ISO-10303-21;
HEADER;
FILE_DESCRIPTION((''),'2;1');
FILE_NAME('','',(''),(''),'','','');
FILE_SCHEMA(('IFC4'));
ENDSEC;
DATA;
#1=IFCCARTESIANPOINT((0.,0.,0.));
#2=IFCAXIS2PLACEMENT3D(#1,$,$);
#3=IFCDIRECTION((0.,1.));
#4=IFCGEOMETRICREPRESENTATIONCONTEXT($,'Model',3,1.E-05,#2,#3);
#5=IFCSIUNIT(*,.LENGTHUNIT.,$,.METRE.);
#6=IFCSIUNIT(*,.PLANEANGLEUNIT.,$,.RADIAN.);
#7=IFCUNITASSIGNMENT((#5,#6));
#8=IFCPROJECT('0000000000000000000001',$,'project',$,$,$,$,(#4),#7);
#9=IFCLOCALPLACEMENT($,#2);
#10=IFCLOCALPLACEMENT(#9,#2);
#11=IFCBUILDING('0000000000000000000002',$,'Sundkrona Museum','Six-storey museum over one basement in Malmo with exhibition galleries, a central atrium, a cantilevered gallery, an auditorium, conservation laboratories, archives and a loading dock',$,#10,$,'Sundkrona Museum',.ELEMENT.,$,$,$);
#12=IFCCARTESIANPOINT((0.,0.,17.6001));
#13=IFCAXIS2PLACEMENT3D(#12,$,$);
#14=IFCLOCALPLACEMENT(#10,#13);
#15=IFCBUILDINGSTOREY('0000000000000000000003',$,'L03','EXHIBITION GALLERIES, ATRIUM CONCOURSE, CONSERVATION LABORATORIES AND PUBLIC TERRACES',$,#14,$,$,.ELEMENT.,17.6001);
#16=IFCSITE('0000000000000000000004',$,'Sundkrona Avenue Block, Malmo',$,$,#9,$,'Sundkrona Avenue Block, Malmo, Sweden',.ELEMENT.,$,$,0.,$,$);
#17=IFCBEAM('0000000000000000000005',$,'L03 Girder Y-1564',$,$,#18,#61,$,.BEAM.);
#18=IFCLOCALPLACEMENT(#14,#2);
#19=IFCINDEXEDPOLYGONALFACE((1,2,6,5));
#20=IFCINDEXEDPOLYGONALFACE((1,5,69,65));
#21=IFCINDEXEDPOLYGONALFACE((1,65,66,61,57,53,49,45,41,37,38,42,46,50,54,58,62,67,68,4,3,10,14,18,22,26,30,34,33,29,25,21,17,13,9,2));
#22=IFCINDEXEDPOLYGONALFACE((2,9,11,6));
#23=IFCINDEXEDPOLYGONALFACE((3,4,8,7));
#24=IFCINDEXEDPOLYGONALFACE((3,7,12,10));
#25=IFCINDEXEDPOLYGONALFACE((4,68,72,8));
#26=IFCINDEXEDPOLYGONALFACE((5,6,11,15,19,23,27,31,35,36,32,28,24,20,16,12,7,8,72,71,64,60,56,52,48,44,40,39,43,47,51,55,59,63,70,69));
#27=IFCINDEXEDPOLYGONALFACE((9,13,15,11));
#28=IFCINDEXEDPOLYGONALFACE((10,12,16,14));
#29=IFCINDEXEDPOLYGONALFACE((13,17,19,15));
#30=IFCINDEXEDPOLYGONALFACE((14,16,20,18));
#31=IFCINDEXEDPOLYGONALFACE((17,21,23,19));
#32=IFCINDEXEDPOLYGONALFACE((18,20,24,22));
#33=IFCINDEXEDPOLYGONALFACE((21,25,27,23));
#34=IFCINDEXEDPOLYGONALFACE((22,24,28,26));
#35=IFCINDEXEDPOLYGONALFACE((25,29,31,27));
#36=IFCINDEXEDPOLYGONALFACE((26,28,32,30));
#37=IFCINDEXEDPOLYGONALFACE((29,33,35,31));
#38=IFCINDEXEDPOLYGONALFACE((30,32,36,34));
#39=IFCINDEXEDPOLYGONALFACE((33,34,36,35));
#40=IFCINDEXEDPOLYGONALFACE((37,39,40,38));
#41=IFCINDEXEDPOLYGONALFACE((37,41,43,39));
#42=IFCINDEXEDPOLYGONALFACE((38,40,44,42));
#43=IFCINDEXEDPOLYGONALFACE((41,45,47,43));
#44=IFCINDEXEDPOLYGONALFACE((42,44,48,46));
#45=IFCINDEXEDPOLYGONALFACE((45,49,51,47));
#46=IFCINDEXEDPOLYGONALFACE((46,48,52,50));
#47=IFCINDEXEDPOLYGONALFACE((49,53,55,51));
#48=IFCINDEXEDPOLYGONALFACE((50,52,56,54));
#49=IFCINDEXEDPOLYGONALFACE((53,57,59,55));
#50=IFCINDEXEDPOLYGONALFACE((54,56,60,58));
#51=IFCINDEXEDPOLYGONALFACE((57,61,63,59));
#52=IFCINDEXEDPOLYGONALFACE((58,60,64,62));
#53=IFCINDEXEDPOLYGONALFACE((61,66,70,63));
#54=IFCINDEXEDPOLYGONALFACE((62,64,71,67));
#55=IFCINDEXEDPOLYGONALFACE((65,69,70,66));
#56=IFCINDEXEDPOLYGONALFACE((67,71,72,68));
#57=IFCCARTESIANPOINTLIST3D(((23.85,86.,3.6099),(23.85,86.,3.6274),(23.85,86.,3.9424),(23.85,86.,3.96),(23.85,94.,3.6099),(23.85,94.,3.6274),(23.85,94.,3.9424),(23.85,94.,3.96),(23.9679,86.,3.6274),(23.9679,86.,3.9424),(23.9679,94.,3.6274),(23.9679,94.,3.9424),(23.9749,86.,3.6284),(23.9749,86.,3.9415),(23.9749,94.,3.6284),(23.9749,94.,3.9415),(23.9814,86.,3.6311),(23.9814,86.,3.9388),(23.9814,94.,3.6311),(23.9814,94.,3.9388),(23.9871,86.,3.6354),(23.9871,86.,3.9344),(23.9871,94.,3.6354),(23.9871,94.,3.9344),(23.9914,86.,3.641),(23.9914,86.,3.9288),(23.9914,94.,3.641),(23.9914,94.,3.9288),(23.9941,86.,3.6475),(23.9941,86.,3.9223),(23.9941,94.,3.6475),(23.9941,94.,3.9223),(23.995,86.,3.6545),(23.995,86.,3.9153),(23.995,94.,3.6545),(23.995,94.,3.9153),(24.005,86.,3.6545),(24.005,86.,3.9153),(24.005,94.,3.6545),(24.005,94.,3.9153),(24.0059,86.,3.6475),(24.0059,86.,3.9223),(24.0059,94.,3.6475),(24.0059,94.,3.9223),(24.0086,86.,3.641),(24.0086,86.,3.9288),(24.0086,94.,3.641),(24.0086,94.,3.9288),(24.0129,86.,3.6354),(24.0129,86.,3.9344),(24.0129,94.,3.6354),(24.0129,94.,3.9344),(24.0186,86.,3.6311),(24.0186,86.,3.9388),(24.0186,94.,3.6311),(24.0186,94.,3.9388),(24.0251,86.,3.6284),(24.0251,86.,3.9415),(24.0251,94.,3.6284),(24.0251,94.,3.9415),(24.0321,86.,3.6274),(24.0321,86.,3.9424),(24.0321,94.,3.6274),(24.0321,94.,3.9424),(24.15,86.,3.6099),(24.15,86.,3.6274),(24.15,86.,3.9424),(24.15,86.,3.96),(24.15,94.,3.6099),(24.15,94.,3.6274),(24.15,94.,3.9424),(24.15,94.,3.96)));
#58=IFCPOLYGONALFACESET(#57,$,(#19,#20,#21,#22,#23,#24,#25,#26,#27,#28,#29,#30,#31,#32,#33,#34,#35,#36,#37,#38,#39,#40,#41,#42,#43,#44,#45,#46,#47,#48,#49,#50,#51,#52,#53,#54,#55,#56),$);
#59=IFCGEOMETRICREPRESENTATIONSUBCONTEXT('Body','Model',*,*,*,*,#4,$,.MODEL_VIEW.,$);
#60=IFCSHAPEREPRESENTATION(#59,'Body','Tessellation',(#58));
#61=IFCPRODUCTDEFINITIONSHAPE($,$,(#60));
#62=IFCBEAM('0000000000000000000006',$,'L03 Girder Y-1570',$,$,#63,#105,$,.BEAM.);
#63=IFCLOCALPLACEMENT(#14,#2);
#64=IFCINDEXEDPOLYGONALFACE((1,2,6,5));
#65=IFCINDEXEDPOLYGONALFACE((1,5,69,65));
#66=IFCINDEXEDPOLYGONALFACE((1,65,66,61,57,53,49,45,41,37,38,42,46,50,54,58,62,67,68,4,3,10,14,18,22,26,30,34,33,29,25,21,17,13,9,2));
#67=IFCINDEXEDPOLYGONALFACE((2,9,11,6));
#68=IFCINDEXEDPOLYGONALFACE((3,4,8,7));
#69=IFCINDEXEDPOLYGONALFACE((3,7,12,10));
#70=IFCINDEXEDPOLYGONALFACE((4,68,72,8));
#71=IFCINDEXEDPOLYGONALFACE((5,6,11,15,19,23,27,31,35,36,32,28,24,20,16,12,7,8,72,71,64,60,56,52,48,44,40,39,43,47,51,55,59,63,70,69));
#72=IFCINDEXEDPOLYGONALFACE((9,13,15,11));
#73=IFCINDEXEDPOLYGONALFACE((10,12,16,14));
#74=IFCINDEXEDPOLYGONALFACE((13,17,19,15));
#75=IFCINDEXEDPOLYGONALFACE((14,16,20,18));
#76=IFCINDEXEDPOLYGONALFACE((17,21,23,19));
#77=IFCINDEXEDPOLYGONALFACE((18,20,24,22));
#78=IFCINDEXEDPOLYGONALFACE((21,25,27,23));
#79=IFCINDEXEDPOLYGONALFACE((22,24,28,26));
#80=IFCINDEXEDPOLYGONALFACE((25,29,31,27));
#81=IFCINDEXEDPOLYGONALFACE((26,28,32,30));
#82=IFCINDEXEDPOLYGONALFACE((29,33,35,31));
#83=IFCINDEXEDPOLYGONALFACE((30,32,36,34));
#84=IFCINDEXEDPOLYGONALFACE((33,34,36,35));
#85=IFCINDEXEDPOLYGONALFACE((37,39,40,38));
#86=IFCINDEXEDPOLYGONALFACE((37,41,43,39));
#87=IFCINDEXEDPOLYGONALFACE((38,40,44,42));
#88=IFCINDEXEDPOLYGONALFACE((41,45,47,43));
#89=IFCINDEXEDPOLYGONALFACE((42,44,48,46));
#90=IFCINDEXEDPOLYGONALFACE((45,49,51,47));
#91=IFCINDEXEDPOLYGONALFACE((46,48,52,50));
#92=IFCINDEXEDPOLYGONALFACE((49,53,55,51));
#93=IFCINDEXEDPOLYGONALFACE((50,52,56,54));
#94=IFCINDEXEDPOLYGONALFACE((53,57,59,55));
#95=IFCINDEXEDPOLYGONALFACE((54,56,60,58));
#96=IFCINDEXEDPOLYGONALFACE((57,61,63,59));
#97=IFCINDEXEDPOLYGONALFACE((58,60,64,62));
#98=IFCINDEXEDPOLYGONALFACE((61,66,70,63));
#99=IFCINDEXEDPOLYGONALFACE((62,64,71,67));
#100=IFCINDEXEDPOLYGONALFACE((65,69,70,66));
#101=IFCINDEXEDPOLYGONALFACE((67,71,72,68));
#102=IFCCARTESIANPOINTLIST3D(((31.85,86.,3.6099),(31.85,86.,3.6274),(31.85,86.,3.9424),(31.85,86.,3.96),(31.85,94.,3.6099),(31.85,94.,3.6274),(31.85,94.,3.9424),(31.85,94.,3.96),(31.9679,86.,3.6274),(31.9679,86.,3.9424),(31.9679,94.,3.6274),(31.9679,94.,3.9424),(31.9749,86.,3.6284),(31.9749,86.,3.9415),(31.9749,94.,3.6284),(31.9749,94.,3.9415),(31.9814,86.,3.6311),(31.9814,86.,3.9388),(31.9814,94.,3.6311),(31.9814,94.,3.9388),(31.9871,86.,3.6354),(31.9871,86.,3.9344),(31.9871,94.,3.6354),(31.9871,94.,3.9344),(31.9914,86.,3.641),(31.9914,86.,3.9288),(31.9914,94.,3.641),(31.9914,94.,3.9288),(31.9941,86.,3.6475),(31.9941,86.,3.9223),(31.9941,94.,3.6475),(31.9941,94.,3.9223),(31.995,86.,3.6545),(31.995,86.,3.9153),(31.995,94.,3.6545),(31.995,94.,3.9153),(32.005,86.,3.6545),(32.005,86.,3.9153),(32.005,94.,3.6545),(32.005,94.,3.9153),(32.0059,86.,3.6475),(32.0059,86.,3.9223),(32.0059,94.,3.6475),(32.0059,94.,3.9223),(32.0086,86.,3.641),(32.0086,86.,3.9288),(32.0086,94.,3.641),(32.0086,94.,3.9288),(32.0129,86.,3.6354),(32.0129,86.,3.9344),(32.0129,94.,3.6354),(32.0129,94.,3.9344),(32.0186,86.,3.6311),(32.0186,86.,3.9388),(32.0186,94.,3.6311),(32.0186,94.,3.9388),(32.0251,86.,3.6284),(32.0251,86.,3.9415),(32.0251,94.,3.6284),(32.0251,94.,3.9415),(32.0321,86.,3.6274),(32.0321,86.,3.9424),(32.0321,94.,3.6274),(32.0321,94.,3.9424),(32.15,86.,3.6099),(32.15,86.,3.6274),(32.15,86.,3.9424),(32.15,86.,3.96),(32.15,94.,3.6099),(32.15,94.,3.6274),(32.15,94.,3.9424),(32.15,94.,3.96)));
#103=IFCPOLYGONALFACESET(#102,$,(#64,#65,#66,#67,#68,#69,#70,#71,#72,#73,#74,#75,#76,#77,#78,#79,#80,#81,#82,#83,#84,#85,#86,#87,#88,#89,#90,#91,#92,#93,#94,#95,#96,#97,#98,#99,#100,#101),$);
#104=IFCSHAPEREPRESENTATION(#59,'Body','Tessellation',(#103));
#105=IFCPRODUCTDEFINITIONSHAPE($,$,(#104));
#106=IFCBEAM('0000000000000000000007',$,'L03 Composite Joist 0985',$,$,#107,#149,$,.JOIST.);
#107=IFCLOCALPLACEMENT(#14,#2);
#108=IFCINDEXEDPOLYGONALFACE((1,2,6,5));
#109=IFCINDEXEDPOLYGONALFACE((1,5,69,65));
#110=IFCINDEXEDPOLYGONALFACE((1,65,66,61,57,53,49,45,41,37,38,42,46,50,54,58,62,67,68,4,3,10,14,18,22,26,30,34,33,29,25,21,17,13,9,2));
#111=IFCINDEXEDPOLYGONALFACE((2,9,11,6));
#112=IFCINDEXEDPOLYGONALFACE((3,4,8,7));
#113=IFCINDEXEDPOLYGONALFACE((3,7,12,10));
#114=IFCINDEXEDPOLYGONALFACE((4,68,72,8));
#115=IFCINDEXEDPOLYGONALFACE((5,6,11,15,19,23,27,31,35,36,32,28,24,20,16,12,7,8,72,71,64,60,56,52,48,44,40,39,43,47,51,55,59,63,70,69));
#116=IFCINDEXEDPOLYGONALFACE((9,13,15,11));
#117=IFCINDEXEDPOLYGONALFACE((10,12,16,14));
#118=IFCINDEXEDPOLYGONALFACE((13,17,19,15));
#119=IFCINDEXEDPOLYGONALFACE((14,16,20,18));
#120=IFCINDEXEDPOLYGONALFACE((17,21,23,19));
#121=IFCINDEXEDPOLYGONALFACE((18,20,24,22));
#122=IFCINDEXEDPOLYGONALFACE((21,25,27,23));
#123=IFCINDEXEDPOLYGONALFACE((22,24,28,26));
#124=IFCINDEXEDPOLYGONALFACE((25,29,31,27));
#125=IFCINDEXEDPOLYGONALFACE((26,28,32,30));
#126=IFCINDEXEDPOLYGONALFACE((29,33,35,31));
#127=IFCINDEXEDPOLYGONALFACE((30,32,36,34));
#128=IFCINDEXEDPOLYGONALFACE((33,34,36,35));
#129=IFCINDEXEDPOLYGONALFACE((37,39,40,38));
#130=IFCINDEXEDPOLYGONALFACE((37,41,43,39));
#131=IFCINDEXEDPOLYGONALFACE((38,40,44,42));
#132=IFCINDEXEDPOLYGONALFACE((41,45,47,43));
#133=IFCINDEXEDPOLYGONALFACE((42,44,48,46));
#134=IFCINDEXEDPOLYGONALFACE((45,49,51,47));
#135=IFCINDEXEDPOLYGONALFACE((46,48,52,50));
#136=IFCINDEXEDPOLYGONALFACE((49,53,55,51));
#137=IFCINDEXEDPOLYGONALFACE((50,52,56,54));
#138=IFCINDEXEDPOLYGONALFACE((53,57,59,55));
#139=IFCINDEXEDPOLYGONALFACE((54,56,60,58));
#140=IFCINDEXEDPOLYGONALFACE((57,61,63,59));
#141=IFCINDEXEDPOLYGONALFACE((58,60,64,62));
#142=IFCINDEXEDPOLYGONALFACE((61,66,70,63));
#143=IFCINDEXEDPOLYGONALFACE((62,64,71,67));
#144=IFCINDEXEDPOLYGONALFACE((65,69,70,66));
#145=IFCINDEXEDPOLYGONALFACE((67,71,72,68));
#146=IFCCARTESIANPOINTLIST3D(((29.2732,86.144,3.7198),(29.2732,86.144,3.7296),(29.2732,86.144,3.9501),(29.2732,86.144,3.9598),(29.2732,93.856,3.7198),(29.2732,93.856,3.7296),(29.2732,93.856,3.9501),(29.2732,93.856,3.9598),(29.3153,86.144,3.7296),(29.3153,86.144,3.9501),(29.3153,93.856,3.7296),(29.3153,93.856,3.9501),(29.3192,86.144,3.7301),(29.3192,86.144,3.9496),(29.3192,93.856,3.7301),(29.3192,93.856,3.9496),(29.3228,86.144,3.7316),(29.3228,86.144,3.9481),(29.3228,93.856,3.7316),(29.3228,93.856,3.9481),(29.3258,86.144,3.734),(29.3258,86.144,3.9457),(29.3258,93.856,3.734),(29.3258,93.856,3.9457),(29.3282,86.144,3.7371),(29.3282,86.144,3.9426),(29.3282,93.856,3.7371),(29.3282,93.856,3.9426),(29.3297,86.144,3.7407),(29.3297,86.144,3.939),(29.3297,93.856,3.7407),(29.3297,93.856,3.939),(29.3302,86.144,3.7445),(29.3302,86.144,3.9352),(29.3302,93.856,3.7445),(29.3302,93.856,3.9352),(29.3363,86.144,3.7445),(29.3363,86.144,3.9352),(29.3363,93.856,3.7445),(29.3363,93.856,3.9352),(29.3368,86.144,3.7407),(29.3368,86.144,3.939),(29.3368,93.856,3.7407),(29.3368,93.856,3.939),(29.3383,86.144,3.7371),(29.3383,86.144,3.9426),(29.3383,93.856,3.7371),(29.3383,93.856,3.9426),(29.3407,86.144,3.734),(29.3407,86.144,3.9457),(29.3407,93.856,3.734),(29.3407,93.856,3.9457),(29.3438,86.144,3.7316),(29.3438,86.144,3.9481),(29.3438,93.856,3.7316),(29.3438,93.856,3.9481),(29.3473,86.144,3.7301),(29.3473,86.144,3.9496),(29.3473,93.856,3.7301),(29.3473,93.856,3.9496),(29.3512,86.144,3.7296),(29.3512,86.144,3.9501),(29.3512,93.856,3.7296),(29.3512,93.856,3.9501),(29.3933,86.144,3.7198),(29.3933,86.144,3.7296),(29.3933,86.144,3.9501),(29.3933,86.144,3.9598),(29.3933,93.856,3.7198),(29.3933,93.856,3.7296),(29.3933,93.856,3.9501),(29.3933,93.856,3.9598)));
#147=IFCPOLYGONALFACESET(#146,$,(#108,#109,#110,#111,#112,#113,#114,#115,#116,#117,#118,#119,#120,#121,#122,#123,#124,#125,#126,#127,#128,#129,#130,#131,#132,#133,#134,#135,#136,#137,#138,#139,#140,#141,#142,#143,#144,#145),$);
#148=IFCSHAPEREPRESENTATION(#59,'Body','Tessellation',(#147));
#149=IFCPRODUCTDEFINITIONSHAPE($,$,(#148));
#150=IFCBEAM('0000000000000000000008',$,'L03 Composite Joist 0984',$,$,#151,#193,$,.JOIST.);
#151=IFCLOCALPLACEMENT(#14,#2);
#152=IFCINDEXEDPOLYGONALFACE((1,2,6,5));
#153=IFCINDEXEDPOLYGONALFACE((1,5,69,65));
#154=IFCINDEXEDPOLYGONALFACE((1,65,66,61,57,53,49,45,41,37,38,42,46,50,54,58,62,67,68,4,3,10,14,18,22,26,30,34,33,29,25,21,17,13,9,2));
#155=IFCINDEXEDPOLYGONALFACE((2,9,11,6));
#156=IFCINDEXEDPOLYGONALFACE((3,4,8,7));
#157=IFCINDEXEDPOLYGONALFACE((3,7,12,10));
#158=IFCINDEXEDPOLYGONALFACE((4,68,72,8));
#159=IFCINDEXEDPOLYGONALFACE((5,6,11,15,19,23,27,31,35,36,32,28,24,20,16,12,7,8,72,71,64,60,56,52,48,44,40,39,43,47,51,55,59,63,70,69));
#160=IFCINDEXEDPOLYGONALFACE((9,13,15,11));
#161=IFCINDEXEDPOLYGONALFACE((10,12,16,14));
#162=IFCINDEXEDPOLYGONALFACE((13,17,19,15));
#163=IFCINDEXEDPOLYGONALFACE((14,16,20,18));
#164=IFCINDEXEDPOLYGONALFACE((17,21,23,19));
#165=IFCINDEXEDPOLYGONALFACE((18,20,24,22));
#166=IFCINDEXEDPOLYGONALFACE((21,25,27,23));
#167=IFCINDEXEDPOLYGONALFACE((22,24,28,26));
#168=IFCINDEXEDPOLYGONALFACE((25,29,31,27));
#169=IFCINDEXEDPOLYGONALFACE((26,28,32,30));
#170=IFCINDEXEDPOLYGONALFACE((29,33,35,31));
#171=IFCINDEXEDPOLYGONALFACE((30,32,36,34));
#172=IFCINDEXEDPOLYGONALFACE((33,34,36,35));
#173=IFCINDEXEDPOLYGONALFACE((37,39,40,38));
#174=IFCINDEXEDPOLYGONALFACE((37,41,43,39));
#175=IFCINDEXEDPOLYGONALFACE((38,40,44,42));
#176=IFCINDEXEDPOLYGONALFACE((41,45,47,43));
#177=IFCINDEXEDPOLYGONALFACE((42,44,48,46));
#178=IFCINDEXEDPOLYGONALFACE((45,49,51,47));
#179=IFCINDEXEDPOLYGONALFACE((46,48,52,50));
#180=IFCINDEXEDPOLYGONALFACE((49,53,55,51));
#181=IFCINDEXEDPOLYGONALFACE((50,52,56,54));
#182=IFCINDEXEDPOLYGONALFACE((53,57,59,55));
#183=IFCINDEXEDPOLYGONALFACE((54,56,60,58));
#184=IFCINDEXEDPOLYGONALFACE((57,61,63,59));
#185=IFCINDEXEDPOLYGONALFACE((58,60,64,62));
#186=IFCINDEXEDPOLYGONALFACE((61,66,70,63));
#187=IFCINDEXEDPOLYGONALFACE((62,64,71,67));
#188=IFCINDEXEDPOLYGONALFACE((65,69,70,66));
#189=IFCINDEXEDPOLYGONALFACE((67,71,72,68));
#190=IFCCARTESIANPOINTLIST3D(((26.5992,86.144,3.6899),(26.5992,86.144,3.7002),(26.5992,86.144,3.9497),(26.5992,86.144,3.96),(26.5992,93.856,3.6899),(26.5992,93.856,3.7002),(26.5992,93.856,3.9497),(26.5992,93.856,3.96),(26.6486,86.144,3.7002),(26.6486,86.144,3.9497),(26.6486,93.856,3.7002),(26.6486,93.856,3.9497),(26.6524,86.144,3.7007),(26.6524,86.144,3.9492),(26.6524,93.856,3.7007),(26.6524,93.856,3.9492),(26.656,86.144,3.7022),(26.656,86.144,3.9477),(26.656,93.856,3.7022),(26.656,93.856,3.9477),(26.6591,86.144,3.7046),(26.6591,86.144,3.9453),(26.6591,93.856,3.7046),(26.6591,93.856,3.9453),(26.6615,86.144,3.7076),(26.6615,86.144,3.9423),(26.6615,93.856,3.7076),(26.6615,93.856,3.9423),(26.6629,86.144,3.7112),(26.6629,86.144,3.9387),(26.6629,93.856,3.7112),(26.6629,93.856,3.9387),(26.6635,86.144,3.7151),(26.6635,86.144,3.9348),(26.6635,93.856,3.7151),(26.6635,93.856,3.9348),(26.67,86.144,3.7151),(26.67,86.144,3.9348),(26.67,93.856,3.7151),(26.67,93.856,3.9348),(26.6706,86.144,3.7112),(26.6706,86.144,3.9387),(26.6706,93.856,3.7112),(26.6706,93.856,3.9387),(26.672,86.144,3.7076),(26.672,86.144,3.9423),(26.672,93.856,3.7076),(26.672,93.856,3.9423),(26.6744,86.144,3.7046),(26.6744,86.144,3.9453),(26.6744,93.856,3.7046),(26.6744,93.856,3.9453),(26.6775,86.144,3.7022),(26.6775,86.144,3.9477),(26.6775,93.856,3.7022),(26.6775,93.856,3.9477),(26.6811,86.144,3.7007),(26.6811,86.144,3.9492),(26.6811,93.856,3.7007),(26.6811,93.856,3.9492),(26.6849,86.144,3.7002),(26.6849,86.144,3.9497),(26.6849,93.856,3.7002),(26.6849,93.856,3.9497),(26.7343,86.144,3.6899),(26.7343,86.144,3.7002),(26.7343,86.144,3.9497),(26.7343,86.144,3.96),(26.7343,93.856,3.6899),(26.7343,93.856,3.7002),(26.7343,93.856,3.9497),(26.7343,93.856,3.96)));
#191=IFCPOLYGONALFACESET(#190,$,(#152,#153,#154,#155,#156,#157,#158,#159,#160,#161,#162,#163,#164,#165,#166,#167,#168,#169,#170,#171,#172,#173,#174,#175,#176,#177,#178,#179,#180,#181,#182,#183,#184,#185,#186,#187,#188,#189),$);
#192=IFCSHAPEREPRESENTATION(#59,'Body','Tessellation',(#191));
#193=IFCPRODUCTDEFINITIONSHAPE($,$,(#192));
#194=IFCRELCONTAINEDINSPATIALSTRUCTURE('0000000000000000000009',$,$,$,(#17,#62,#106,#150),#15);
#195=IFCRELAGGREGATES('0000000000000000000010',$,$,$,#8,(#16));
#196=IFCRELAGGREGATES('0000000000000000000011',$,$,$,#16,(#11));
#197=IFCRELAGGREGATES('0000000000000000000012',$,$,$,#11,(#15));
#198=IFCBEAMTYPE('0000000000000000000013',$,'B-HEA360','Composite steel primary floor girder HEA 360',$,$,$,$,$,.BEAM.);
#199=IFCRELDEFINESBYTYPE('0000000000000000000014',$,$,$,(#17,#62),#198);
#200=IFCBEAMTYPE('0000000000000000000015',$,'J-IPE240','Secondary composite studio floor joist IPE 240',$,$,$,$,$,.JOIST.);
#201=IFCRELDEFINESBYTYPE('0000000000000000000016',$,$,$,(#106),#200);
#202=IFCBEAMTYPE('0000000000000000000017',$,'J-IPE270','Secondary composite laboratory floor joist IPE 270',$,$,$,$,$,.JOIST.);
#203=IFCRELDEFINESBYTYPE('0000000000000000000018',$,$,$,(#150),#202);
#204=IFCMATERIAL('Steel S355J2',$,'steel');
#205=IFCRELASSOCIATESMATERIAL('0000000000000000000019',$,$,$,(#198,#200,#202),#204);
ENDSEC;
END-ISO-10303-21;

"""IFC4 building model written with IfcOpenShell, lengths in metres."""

from ifc_helpers import new_model, si_unit, direction, frame, origin, origin_2d, place, context, subcontext, project, spatial, i_section, extrude, material, material_profile, profile_set, type_object, element, save


model = new_model("IFC4")

# Units and contexts
model_context = context("Model", 3, precision=1e-05, world=origin(), true_north=direction((0.0, 1.0)))
body_context = subcontext(model_context, "Body", "Model", "MODEL_VIEW")
ifc_project = project(units=[si_unit("LENGTHUNIT", "METRE"), si_unit("PLANEANGLEUNIT", "RADIAN")], contexts=[model_context])

# Site, building, storey
site_placement = place(None, origin())
site = spatial("IfcSite", under=ifc_project, at=site_placement, Name="Sundkrona Avenue Block, Malmo", LongName="Sundkrona Avenue Block, Malmo, Sweden", CompositionType="ELEMENT", RefElevation=0.0)
building_placement = place(site_placement, origin())
building = spatial("IfcBuilding", under=site, at=building_placement, Name="Sundkrona Museum", Description="Six-storey museum over one basement in Malmo with exhibition galleries, a central atrium, a cantilevered gallery, an auditorium, conservation laboratories, archives and a loading dock", LongName="Sundkrona Museum", CompositionType="ELEMENT")
storey_placement = place(building_placement, frame((0.0, 0.0, 17.6001)))
storey = spatial("IfcBuildingStorey", under=building, at=storey_placement, Name="L03", Description="EXHIBITION GALLERIES, ATRIUM CONCOURSE, CONSERVATION LABORATORIES AND PUBLIC TERRACES", CompositionType="ELEMENT", Elevation=17.6001)

# Shared definitions
ifc_material_1 = material(Name="Steel S355J2", Category="steel")

# Beams
ifc_material_profile_1 = material_profile(ifc_material_1, i_section(OverallWidth=0.3, OverallDepth=0.3501, WebThickness=0.01, FlangeThickness=0.0176, FilletRadius=0.0271, at=origin_2d()), Name="HEA 360")
ifc_profile_set_1 = profile_set([ifc_material_profile_1], Name="Steel S355J2")
beam_type_1 = type_object("IfcBeamType", Name="B-HEA360", Description="Composite steel primary floor girder HEA 360", PredefinedType="BEAM", material=ifc_profile_set_1)
for number, where, z_axis, x_axis, name in (
    (1, (24.0, 86.0, 3.7849), (0.0, 1.0, 0.0), (-1.0, 0.0, 0.0), "L03 Girder Y-1564"),
    (2, (32.0, 86.0, 3.7849), (0.0, 1.0, 0.0), (-1.0, 0.0, 0.0), "L03 Girder Y-1570"),
):
    element("IfcBeam", number, at=place(storey_placement, frame(where, z_axis=z_axis, x_axis=x_axis)), inside=storey, type_object=beam_type_1, Name=name, PredefinedType="BEAM", context=body_context, shape_type="SweptSolid", body=[
        extrude(i_section(OverallWidth=0.3, OverallDepth=0.3501, WebThickness=0.01, FlangeThickness=0.0176, FilletRadius=0.0271, at=origin_2d()), origin(), (0.0, 0.0, 1.0), 8.0),
    ])
ifc_material_profile_2 = material_profile(ifc_material_1, i_section(OverallWidth=0.1201, OverallDepth=0.24, WebThickness=0.0061, FlangeThickness=0.0098, FilletRadius=0.0149, at=origin_2d()), Name="IPE 240")
ifc_profile_set_2 = profile_set([ifc_material_profile_2], Name="Steel S355J2")
beam_type_2 = type_object("IfcBeamType", Name="J-IPE240", Description="Secondary composite studio floor joist IPE 240", PredefinedType="JOIST", material=ifc_profile_set_2)
beam_placement = place(storey_placement, frame((29.3333, 86.144, 3.8398), z_axis=(0.0, 1.0, 0.0), x_axis=(-1.0, 0.0, 0.0)))
element("IfcBeam", 3, at=beam_placement, inside=storey, type_object=beam_type_2, Name="L03 Composite Joist 0985", PredefinedType="JOIST", context=body_context, shape_type="SweptSolid", body=[
    extrude(i_section(OverallWidth=0.1201, OverallDepth=0.24, WebThickness=0.0061, FlangeThickness=0.0098, FilletRadius=0.0149, at=origin_2d()), origin(), (0.0, 0.0, 1.0), 7.7119),
])
ifc_material_profile_3 = material_profile(ifc_material_1, i_section(OverallWidth=0.135, OverallDepth=0.27, WebThickness=0.0066, FlangeThickness=0.0103, FilletRadius=0.0149, at=origin_2d()), Name="IPE 270")
ifc_profile_set_3 = profile_set([ifc_material_profile_3], Name="Steel S355J2")
beam_type_3 = type_object("IfcBeamType", Name="J-IPE270", Description="Secondary composite laboratory floor joist IPE 270", PredefinedType="JOIST", material=ifc_profile_set_3)
for number, where, z_axis, x_axis, name in (
    (4, (26.6667, 86.144, 3.825), (0.0, 1.0, 0.0), (-1.0, 0.0, 0.0), "L03 Composite Joist 0984"),
):
    element("IfcBeam", number, at=place(storey_placement, frame(where, z_axis=z_axis, x_axis=x_axis)), inside=storey, type_object=beam_type_3, Name=name, PredefinedType="JOIST", context=body_context, shape_type="SweptSolid", body=[
        extrude(i_section(OverallWidth=0.135, OverallDepth=0.27, WebThickness=0.0066, FlangeThickness=0.0103, FilletRadius=0.0149, at=origin_2d()), origin(), (0.0, 0.0, 1.0), 7.7119),
    ])

save(model, "model.ifc")
